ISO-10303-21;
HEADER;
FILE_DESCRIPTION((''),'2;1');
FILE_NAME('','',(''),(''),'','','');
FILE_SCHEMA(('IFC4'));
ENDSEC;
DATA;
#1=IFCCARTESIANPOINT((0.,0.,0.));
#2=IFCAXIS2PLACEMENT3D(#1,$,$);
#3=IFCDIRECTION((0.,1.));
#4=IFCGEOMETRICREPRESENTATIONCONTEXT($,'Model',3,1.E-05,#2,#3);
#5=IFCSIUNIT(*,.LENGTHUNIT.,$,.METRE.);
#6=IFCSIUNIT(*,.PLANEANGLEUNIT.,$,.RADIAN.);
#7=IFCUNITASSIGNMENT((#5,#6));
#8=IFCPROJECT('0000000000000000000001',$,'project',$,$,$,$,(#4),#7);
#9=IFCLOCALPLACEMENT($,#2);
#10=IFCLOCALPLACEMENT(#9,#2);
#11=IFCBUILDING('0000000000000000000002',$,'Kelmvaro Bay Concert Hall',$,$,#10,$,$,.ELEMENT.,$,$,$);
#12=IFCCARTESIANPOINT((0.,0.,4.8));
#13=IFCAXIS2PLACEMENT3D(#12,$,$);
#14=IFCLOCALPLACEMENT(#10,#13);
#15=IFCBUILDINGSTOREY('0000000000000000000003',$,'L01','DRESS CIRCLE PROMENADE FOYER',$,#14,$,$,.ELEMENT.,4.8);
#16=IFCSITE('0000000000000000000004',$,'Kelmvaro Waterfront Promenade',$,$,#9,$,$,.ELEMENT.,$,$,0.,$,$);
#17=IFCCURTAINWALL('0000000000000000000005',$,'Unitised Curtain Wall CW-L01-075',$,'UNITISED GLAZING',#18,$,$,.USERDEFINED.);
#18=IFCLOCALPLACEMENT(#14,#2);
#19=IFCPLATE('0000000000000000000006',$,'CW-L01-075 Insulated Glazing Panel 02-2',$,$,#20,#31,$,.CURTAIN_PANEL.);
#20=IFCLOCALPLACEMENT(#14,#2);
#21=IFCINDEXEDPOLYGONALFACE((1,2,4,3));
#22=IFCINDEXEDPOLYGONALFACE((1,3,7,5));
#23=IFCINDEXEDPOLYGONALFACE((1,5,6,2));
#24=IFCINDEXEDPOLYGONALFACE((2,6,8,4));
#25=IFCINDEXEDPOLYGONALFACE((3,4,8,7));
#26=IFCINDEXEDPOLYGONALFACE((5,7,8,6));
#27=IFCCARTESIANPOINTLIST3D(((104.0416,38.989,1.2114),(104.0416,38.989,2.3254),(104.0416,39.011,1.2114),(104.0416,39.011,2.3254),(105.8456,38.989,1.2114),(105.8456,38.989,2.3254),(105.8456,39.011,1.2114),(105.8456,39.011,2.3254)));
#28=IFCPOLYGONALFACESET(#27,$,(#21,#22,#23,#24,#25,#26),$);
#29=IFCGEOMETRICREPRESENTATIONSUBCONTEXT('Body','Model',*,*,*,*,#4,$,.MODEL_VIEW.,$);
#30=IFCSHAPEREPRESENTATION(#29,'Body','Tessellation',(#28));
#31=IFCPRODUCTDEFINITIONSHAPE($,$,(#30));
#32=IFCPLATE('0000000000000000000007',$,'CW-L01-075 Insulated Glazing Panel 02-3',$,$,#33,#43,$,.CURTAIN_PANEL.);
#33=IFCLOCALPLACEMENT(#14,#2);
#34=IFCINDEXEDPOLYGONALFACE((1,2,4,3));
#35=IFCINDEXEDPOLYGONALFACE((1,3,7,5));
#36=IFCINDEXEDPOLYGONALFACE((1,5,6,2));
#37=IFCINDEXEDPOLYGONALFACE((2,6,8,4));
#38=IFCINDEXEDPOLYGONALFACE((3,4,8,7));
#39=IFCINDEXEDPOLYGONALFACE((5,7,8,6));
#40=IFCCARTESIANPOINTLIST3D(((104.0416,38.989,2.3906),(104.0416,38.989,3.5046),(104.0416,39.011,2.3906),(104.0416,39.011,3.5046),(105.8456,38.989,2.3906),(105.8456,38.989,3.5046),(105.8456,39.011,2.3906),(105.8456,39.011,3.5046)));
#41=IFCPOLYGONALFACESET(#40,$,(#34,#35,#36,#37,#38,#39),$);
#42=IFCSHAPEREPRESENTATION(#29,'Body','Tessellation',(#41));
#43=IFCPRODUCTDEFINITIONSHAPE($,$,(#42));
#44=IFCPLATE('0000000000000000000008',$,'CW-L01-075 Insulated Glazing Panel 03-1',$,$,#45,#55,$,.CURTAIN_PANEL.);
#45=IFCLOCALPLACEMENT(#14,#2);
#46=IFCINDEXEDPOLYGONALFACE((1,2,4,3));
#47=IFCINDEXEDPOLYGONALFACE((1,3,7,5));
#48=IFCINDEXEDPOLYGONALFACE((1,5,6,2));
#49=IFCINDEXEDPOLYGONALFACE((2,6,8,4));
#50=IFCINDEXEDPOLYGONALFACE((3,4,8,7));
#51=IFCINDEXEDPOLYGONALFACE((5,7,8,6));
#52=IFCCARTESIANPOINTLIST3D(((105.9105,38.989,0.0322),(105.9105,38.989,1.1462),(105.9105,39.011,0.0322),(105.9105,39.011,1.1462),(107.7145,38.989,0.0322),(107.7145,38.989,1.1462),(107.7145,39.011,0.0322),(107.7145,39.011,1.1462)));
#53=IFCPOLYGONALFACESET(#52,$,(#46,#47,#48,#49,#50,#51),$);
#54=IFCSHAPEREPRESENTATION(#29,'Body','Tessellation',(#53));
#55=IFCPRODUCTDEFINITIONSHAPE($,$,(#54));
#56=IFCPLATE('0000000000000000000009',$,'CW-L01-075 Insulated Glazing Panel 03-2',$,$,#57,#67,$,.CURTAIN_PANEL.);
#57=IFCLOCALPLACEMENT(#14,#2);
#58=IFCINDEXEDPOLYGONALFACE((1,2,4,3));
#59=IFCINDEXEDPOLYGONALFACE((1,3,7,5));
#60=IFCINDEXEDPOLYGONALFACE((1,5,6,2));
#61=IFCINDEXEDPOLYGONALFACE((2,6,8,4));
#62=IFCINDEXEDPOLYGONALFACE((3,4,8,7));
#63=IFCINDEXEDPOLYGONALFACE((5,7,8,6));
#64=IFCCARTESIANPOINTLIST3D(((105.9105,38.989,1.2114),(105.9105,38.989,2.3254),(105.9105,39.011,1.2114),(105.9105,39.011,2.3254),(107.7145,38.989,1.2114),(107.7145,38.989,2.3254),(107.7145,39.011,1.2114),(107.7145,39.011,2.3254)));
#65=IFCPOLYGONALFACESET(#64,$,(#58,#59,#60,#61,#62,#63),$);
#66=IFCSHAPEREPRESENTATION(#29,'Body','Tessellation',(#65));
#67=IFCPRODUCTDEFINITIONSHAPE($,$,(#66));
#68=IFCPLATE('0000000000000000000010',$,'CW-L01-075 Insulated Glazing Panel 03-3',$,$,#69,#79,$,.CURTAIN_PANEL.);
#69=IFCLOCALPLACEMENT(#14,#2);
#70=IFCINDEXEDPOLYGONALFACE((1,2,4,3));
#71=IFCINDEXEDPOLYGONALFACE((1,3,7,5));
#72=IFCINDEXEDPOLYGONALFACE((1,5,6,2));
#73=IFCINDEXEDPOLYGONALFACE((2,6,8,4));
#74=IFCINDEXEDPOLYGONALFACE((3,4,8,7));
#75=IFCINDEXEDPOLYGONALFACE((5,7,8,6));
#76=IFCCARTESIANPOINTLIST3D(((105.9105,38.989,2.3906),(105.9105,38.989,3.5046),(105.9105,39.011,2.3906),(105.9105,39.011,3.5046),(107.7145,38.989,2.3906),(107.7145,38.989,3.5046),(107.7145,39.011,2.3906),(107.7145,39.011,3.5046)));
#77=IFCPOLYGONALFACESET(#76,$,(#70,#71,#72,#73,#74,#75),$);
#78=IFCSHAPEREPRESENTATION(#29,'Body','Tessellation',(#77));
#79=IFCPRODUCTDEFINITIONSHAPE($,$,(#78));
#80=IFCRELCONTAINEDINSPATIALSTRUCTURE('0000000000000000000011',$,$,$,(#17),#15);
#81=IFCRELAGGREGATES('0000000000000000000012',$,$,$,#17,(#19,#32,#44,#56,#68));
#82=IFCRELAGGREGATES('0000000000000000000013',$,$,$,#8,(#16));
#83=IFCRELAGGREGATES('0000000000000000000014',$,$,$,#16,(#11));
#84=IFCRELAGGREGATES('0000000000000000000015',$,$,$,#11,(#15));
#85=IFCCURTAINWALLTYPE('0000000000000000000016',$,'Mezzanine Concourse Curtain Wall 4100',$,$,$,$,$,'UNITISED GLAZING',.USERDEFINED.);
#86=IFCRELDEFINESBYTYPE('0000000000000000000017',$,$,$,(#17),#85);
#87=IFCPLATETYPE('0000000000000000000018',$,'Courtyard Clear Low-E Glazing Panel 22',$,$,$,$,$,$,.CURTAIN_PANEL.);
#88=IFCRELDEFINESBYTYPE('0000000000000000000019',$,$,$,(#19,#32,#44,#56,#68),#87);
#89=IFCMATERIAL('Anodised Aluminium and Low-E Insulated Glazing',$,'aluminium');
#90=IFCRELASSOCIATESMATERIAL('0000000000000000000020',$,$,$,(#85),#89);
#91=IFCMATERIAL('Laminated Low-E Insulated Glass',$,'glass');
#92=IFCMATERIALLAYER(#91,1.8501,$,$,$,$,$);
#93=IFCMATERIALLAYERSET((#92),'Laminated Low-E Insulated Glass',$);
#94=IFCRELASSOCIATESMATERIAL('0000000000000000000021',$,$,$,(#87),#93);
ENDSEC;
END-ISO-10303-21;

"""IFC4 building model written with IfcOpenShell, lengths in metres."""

from ifc_helpers import new_model, si_unit, direction, frame, origin, origin_2d, place, context, subcontext, project, spatial, rectangle, extrude, material, layer, layer_set, type_object, element, aggregate, save


model = new_model("IFC4")

# Units and contexts
model_context = context("Model", 3, precision=1e-05, world=origin(), true_north=direction((0.0, 1.0)))
body_context = subcontext(model_context, "Body", "Model", "MODEL_VIEW")
ifc_project = project(units=[si_unit("LENGTHUNIT", "METRE"), si_unit("PLANEANGLEUNIT", "RADIAN")], contexts=[model_context])

# Site, building, storey
site_placement = place(None, origin())
site = spatial("IfcSite", under=ifc_project, at=site_placement, Name="Kelmvaro Waterfront Promenade", CompositionType="ELEMENT", RefElevation=0.0)
building_placement = place(site_placement, origin())
building = spatial("IfcBuilding", under=site, at=building_placement, Name="Kelmvaro Bay Concert Hall", CompositionType="ELEMENT")
storey_placement = place(building_placement, frame((0.0, 0.0, 4.8)))
storey = spatial("IfcBuildingStorey", under=building, at=storey_placement, Name="L01", Description="DRESS CIRCLE PROMENADE FOYER", CompositionType="ELEMENT", Elevation=4.8)

# Curtain wall
ifc_material_1 = material(Name="Anodised Aluminium and Low-E Insulated Glazing", Category="aluminium")
curtain_wall_type = type_object("IfcCurtainWallType", Name="Mezzanine Concourse Curtain Wall 4100", ElementType="UNITISED GLAZING", PredefinedType="USERDEFINED", material=ifc_material_1)
curtain_wall_1_placement = place(storey_placement, origin())
curtain_wall_1 = element("IfcCurtainWall", 1, at=curtain_wall_1_placement, inside=storey, type_object=curtain_wall_type, Name="Unitised Curtain Wall CW-L01-075", ObjectType="UNITISED GLAZING", PredefinedType="USERDEFINED")

# Plates
ifc_material_2 = material(Name="Laminated Low-E Insulated Glass", Category="glass")
ifc_layer = layer(ifc_material_2, 1.8501)
ifc_layer_set = layer_set([ifc_layer], Name="Laminated Low-E Insulated Glass")
plate_type = type_object("IfcPlateType", Name="Courtyard Clear Low-E Glazing Panel 22", PredefinedType="CURTAIN_PANEL", material=ifc_layer_set)
plate_1_placement = place(storey_placement, frame((104.9436, 39.0, 1.2114), z_axis=(0.0, 0.0, 1.0), x_axis=(1.0, 0.0, 0.0)))
plate_1 = element("IfcPlate", 2, at=plate_1_placement, type_object=plate_type, Name="CW-L01-075 Insulated Glazing Panel 02-2", PredefinedType="CURTAIN_PANEL", context=body_context, shape_type="SweptSolid", body=[
    extrude(rectangle(XDim=1.804, YDim=0.022, at=origin_2d()), origin(), (0.0, 0.0, 1.0), 1.114),
])
plate_2_placement = place(storey_placement, frame((104.9436, 39.0, 2.3906), z_axis=(0.0, 0.0, 1.0), x_axis=(1.0, 0.0, 0.0)))
plate_2 = element("IfcPlate", 3, at=plate_2_placement, type_object=plate_type, Name="CW-L01-075 Insulated Glazing Panel 02-3", PredefinedType="CURTAIN_PANEL", context=body_context, shape_type="SweptSolid", body=[
    extrude(rectangle(XDim=1.804, YDim=0.022, at=origin_2d()), origin(), (0.0, 0.0, 1.0), 1.114),
])
plate_3_placement = place(storey_placement, frame((106.8125, 39.0, 0.0322), z_axis=(0.0, 0.0, 1.0), x_axis=(1.0, 0.0, 0.0)))
plate_3 = element("IfcPlate", 4, at=plate_3_placement, type_object=plate_type, Name="CW-L01-075 Insulated Glazing Panel 03-1", PredefinedType="CURTAIN_PANEL", context=body_context, shape_type="SweptSolid", body=[
    extrude(rectangle(XDim=1.804, YDim=0.022, at=origin_2d()), origin(), (0.0, 0.0, 1.0), 1.114),
])
plate_4_placement = place(storey_placement, frame((106.8125, 39.0, 1.2114), z_axis=(0.0, 0.0, 1.0), x_axis=(1.0, 0.0, 0.0)))
plate_4 = element("IfcPlate", 5, at=plate_4_placement, type_object=plate_type, Name="CW-L01-075 Insulated Glazing Panel 03-2", PredefinedType="CURTAIN_PANEL", context=body_context, shape_type="SweptSolid", body=[
    extrude(rectangle(XDim=1.804, YDim=0.022, at=origin_2d()), origin(), (0.0, 0.0, 1.0), 1.114),
])
plate_5_placement = place(storey_placement, frame((106.8125, 39.0, 2.3906), z_axis=(0.0, 0.0, 1.0), x_axis=(1.0, 0.0, 0.0)))
plate_5 = element("IfcPlate", 6, at=plate_5_placement, type_object=plate_type, Name="CW-L01-075 Insulated Glazing Panel 03-3", PredefinedType="CURTAIN_PANEL", context=body_context, shape_type="SweptSolid", body=[
    extrude(rectangle(XDim=1.804, YDim=0.022, at=origin_2d()), origin(), (0.0, 0.0, 1.0), 1.114),
])
aggregate(curtain_wall_1, [plate_1, plate_2, plate_3, plate_4, plate_5])

save(model, "model.ifc")
